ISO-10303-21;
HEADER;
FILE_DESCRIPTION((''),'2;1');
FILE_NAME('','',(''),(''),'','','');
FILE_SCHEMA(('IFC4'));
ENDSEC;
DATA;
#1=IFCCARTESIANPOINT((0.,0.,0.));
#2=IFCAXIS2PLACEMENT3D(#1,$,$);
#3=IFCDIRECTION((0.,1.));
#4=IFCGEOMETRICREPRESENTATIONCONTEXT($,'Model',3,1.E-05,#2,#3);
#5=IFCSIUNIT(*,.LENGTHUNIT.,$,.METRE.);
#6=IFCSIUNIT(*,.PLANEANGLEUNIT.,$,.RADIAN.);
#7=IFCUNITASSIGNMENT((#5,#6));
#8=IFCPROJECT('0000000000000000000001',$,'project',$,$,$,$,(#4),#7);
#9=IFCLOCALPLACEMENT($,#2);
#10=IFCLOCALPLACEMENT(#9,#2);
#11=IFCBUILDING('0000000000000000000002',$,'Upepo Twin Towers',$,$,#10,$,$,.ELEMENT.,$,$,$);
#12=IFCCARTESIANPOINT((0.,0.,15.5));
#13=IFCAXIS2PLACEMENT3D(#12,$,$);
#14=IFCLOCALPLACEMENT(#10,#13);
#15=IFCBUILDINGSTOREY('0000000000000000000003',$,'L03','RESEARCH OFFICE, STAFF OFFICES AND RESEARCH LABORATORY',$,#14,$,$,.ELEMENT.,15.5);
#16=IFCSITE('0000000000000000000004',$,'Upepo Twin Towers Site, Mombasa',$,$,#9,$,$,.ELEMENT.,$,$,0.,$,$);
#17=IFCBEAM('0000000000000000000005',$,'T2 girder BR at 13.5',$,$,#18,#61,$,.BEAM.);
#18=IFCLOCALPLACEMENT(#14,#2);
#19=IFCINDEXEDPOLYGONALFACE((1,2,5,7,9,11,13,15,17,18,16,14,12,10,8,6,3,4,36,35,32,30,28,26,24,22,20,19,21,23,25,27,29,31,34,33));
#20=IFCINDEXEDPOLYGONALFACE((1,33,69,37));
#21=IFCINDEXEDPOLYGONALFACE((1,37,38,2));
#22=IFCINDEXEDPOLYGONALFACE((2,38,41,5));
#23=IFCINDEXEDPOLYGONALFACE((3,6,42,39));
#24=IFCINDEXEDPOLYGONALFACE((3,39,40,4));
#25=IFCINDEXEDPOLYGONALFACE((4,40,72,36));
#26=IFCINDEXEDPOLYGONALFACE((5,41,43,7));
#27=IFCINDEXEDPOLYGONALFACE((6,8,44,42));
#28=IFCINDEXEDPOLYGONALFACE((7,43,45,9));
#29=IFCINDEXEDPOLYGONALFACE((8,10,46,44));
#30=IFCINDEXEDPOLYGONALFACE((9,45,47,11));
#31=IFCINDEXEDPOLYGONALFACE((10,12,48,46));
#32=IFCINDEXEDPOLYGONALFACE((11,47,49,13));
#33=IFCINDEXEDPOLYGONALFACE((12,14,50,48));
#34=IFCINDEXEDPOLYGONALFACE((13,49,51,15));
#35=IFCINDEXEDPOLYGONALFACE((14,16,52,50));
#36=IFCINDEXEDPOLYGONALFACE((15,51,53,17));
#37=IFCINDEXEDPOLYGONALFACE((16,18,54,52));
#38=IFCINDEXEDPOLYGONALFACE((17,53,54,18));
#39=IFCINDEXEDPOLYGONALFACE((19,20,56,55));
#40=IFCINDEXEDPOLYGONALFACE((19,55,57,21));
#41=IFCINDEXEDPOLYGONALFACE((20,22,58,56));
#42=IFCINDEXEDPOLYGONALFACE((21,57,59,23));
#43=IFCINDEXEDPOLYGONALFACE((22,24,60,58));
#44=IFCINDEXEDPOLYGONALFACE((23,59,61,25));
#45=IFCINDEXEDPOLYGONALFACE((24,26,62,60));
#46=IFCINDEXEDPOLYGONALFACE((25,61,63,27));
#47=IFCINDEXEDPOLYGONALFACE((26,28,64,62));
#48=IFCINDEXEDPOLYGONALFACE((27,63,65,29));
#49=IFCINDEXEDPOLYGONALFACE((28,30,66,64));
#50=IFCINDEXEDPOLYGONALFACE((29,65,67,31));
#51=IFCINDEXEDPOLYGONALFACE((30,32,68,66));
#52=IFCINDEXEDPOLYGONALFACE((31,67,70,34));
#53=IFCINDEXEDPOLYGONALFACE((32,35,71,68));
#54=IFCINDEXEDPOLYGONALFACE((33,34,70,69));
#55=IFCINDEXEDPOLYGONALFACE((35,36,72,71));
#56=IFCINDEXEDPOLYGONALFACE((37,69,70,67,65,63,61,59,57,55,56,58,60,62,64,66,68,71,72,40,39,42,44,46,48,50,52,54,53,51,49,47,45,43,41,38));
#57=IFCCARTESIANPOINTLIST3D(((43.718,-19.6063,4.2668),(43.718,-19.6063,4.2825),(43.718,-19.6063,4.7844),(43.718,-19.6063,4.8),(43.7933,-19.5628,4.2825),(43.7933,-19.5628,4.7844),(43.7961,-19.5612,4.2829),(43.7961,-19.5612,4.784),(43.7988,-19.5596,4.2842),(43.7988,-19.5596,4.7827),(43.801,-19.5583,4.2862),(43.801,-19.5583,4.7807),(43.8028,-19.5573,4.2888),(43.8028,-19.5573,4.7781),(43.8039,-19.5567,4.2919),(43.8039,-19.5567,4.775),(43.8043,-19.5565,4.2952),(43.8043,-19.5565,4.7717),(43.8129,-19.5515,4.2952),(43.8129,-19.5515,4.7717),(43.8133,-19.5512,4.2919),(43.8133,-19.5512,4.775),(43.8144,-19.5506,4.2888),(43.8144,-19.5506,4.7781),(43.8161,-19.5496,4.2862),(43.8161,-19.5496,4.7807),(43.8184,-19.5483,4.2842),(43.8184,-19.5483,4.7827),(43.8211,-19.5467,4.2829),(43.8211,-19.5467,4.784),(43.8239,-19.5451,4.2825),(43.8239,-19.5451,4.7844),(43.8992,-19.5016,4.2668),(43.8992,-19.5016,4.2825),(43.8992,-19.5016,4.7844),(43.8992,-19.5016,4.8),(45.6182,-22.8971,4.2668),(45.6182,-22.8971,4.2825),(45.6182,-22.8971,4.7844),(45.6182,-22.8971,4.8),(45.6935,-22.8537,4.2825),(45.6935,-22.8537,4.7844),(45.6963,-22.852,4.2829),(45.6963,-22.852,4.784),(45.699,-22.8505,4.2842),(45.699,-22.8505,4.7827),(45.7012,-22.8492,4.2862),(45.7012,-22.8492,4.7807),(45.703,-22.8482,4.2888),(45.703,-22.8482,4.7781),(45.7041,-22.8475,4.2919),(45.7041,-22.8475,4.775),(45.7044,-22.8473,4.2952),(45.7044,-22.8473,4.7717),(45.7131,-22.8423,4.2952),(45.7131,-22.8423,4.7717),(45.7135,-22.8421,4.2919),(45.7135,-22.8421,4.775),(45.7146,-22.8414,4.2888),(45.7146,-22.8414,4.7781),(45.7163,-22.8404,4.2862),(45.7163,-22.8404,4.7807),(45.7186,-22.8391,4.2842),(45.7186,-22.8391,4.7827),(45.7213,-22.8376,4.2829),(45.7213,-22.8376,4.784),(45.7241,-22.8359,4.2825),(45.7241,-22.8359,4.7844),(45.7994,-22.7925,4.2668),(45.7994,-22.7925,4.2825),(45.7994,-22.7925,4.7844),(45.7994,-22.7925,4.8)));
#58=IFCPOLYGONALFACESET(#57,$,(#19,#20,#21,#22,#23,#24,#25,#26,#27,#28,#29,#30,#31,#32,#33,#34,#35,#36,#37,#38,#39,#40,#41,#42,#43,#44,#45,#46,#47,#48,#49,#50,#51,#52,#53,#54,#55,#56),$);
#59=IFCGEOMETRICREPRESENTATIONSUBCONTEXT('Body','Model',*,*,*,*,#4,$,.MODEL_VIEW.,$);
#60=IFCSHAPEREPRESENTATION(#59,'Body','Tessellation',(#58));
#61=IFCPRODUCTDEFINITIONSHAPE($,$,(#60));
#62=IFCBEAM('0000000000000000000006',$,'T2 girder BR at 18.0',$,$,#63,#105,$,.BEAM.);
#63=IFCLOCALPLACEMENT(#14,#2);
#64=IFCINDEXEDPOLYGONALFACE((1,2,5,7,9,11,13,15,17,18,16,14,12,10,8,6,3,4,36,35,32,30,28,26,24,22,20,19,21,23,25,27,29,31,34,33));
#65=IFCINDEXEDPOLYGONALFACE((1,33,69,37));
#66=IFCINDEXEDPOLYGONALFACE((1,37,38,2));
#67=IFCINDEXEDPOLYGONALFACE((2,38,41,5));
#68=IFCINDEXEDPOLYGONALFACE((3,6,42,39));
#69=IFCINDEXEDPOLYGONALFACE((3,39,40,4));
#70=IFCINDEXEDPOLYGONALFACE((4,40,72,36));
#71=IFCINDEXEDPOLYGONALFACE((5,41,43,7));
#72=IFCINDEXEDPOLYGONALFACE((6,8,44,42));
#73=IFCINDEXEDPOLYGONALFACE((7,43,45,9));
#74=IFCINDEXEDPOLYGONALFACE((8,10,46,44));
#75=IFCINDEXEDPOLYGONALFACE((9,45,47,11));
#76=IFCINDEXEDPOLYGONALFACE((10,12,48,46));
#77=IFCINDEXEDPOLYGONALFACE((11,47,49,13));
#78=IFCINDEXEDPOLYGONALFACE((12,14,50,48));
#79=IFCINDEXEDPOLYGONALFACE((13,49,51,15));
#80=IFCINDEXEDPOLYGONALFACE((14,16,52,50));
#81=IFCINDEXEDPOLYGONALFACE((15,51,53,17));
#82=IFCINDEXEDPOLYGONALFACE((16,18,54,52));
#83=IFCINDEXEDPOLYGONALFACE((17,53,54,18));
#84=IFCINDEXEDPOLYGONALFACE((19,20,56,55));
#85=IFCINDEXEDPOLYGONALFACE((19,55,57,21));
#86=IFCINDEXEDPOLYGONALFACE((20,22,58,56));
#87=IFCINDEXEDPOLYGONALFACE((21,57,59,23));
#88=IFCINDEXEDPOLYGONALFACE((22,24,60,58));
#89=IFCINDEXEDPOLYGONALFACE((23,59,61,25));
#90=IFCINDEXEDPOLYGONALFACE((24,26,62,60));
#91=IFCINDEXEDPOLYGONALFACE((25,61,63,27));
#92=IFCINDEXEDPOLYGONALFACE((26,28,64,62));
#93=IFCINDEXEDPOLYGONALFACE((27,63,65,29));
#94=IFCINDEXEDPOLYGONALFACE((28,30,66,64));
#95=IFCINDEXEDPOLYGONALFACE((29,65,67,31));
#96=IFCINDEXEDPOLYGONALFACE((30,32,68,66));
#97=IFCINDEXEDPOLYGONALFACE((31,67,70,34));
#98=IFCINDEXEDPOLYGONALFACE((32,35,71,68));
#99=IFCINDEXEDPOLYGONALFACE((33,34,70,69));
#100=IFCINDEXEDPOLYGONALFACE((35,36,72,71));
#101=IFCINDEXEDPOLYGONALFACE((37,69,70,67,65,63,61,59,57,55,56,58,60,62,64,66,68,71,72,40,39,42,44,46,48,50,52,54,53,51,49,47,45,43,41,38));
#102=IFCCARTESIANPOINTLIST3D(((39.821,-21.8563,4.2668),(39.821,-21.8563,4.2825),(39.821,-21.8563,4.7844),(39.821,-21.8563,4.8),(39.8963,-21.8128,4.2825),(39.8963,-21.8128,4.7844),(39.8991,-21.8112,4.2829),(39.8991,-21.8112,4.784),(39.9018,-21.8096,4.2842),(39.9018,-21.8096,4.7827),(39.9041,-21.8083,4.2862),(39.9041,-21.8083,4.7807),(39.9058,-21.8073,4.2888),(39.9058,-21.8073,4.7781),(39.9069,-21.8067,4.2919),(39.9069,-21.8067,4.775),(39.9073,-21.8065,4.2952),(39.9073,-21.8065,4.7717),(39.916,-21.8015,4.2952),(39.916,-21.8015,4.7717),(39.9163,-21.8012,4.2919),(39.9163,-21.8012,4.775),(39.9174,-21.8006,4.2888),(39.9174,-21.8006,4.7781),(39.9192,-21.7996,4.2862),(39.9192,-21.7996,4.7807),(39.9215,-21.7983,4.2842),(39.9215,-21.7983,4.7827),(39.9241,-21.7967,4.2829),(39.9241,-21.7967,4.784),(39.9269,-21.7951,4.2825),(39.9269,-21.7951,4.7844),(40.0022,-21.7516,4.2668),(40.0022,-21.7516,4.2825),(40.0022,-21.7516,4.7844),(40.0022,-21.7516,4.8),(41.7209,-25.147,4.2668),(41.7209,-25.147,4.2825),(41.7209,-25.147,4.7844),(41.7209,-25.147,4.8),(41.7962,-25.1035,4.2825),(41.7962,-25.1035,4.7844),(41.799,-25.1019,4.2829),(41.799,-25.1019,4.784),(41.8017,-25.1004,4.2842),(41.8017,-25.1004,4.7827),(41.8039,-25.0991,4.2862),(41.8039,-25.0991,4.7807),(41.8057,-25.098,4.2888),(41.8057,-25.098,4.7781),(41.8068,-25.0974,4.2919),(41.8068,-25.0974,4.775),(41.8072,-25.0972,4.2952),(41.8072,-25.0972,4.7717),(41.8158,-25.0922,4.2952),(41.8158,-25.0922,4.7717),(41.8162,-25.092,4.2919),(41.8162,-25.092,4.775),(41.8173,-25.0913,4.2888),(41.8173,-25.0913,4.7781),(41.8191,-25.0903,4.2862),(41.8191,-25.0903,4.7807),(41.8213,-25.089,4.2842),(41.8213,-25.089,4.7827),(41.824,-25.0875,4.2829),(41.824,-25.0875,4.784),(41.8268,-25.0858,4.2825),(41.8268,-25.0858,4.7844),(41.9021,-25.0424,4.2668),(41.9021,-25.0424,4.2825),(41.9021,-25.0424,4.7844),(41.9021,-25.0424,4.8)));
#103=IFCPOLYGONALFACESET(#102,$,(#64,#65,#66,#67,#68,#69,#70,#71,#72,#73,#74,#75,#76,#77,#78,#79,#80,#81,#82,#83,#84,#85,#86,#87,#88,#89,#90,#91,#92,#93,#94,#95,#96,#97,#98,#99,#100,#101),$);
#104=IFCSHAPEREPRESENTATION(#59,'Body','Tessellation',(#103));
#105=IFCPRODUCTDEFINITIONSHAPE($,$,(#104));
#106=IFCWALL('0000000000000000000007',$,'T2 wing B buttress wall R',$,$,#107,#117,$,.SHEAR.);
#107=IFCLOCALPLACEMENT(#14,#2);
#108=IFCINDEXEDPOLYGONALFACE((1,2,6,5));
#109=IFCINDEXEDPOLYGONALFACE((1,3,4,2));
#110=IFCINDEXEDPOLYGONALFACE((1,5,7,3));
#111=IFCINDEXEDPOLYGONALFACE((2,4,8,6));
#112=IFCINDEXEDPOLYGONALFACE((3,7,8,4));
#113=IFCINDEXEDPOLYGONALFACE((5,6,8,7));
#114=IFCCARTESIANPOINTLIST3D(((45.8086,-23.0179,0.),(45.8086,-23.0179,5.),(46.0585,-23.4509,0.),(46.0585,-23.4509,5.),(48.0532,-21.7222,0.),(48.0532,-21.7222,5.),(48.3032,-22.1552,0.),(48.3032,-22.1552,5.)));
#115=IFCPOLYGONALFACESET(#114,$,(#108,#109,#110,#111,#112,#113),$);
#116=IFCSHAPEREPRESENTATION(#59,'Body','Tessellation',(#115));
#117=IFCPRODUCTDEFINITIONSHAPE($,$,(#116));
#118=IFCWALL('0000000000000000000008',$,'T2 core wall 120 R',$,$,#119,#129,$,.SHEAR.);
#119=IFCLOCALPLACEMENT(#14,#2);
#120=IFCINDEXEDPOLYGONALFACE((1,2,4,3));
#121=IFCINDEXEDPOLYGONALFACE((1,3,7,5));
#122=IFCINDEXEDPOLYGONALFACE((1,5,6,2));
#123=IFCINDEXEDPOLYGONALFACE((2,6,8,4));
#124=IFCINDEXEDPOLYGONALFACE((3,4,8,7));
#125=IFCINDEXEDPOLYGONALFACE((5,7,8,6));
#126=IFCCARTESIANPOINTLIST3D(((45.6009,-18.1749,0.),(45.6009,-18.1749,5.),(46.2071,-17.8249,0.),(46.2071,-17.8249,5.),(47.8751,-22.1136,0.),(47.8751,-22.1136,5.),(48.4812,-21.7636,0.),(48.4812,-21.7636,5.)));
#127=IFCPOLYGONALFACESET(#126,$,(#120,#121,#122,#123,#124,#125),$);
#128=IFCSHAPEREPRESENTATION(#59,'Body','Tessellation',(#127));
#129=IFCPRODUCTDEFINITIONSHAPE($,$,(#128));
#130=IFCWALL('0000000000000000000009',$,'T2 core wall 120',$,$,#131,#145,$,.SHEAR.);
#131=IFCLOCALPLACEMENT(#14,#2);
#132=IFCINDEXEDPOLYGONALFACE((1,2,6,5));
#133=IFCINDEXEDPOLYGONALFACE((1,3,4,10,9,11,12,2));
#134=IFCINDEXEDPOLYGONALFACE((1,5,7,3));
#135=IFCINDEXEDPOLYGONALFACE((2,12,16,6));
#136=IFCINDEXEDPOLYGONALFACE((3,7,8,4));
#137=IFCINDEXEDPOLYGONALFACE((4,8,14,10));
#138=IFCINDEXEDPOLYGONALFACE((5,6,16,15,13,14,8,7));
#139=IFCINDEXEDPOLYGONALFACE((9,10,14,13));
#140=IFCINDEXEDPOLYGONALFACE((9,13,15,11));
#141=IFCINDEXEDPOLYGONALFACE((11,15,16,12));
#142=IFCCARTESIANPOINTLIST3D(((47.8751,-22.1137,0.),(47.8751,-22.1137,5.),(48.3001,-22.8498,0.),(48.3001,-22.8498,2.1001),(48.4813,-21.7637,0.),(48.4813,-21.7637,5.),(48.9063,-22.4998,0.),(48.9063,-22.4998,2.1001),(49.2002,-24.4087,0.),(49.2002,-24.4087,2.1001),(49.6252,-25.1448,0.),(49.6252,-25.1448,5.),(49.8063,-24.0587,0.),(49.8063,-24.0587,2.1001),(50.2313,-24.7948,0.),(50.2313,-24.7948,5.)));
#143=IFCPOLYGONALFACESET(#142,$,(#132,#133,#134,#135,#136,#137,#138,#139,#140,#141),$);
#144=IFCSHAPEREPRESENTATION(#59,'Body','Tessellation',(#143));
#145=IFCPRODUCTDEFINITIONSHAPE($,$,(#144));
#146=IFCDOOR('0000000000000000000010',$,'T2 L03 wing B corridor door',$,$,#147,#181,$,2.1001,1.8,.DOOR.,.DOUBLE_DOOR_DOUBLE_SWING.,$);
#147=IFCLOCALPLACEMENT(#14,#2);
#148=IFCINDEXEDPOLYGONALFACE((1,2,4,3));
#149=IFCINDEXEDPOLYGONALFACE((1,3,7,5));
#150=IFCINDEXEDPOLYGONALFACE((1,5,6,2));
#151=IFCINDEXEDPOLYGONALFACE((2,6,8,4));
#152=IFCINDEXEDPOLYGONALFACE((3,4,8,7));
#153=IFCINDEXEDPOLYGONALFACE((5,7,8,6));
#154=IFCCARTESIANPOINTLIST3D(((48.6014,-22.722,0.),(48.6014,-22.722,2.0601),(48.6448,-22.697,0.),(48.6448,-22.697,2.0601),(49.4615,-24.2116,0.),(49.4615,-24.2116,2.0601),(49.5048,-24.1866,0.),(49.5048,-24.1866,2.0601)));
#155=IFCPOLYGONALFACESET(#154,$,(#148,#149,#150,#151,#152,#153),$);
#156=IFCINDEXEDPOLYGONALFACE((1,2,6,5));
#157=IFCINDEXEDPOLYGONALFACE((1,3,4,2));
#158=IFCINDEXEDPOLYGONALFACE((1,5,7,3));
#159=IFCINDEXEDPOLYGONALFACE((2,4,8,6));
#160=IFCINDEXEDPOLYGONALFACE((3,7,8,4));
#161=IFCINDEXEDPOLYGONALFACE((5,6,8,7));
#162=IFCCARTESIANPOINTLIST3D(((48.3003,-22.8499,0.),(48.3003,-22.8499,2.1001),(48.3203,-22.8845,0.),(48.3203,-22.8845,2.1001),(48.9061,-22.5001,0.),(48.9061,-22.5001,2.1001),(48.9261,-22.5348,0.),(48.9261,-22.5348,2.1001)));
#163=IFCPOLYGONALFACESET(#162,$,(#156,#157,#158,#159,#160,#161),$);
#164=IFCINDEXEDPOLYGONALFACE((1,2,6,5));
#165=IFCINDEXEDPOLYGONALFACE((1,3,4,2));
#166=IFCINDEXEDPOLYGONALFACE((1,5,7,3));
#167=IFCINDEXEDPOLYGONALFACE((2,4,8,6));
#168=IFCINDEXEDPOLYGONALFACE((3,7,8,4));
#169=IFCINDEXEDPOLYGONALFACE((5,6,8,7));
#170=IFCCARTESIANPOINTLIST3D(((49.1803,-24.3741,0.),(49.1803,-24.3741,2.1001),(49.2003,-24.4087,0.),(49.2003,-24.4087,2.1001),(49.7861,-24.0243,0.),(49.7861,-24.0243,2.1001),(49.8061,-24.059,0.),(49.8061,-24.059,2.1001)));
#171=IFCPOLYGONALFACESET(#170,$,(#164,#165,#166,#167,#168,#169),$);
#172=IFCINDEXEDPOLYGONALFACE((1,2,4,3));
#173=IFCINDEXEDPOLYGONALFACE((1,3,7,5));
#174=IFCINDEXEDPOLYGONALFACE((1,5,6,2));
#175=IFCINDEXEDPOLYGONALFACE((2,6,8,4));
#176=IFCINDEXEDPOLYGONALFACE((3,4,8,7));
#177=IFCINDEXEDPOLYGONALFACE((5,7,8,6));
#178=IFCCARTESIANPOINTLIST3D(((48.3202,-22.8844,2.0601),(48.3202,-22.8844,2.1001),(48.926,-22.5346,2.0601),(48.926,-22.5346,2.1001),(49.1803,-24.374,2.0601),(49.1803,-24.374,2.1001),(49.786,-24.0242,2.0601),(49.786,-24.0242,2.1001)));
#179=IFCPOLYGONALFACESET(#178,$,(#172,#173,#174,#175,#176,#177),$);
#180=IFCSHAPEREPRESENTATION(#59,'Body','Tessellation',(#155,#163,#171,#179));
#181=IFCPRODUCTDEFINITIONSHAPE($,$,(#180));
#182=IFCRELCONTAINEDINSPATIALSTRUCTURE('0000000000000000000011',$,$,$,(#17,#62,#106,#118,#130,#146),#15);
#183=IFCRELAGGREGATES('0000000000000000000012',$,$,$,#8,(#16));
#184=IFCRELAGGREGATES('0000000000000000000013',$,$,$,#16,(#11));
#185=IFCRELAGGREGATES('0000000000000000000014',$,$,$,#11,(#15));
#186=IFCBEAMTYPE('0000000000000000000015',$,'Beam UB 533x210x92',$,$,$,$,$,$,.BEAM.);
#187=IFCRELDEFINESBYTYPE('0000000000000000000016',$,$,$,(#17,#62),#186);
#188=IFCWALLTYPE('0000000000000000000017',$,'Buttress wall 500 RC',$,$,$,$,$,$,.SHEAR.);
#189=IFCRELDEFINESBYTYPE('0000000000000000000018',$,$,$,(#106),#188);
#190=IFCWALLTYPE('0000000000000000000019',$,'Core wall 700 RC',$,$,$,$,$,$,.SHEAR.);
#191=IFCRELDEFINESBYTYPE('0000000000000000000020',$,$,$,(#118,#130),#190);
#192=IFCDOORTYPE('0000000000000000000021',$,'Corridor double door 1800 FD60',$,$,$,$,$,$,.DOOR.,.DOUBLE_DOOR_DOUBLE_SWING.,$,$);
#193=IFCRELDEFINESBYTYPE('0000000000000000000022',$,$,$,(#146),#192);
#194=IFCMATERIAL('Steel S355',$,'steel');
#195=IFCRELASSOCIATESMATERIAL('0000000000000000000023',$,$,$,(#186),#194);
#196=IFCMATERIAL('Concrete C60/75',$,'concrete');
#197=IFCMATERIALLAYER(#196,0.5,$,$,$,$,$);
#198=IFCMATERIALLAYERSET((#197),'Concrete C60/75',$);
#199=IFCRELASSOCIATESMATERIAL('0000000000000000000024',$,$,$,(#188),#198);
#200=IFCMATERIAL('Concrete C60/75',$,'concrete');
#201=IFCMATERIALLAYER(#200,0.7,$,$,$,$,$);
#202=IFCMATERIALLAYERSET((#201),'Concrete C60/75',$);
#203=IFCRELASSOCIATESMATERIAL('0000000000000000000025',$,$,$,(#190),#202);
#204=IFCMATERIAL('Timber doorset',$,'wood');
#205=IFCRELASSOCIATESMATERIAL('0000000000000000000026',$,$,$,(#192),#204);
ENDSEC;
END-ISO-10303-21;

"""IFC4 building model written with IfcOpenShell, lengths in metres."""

from ifc_helpers import new_model, si_unit, direction, frame, frame_2d, origin, origin_2d, place, context, subcontext, project, spatial, rectangle, i_section, extrude, material, layer, layer_set, material_profile, profile_set, type_object, element, fill, save


model = new_model("IFC4")

# Units and contexts
model_context = context("Model", 3, precision=1e-05, world=origin(), true_north=direction((0.0, 1.0)))
body_context = subcontext(model_context, "Body", "Model", "MODEL_VIEW")
ifc_project = project(units=[si_unit("LENGTHUNIT", "METRE"), si_unit("PLANEANGLEUNIT", "RADIAN")], contexts=[model_context])

# Site, building, storey
site_placement = place(None, origin())
site = spatial("IfcSite", under=ifc_project, at=site_placement, Name="Upepo Twin Towers Site, Mombasa", CompositionType="ELEMENT", RefElevation=0.0)
building_placement = place(site_placement, origin())
building = spatial("IfcBuilding", under=site, at=building_placement, Name="Upepo Twin Towers", CompositionType="ELEMENT")
storey_placement = place(building_placement, frame((0.0, 0.0, 15.5)))
storey = spatial("IfcBuildingStorey", under=building, at=storey_placement, Name="L03", Description="RESEARCH OFFICE, STAFF OFFICES AND RESEARCH LABORATORY", CompositionType="ELEMENT", Elevation=15.5)

# Beams
ifc_material_1 = material(Name="Steel S355", Category="steel")
ifc_material_profile_1 = material_profile(ifc_material_1, i_section(OverallWidth=0.2092, OverallDepth=0.5332, WebThickness=0.01, FlangeThickness=0.0156, FilletRadius=0.0127, at=origin_2d()), Name="UB 533x210x92")
ifc_profile_set_1 = profile_set([ifc_material_profile_1], Name="Steel S355")
beam_type_1 = type_object("IfcBeamType", Name="Beam UB 533x210x92", PredefinedType="BEAM", material=ifc_profile_set_1)
beam_1_placement = place(storey_placement, frame((43.8086, -19.554, 4.5334), z_axis=(0.500043, -0.866, 0.0), x_axis=(0.866, 0.500043, 0.0)))
element("IfcBeam", 1, at=beam_1_placement, inside=storey, type_object=beam_type_1, Name="T2 girder BR at 13.5", PredefinedType="BEAM", context=body_context, shape_type="SweptSolid", body=[
    extrude(i_section(OverallWidth=0.2092, OverallDepth=0.5332, WebThickness=0.01, FlangeThickness=0.0156, FilletRadius=0.0127, at=origin_2d()), origin(), (0.0, 0.0, 1.0), 3.8),
])
beam_2_placement = place(storey_placement, frame((39.9116, -21.804, 4.5334), z_axis=(0.499995, -0.866028, 0.0), x_axis=(0.866028, 0.499995, 0.0)))
element("IfcBeam", 2, at=beam_2_placement, inside=storey, type_object=beam_type_1, Name="T2 girder BR at 18.0", PredefinedType="BEAM", context=body_context, shape_type="SweptSolid", body=[
    extrude(i_section(OverallWidth=0.2092, OverallDepth=0.5332, WebThickness=0.01, FlangeThickness=0.0156, FilletRadius=0.0127, at=origin_2d()), origin(), (0.0, 0.0, 1.0), 3.7998),
])

# Walls
ifc_material_2 = material(Name="Concrete C60/75", Category="concrete")
ifc_layer_1 = layer(ifc_material_2, 0.5)
ifc_layer_set_1 = layer_set([ifc_layer_1], Name="Concrete C60/75")
wall_type_1 = type_object("IfcWallType", Name="Buttress wall 500 RC", PredefinedType="SHEAR", material=ifc_layer_set_1)
wall_1_placement = place(storey_placement, frame((48.1782, -21.9387, 0.0), z_axis=(0.0, 0.0, 1.0), x_axis=(-0.866073, -0.499918, 0.0)))
element("IfcWall", 3, at=wall_1_placement, inside=storey, type_object=wall_type_1, Name="T2 wing B buttress wall R", PredefinedType="SHEAR", context=body_context, shape_type="SweptSolid", body=[
    extrude(rectangle(XDim=2.5918, YDim=0.5, at=frame_2d((1.2959, 0.0))), origin(), (0.0, 0.0, 1.0), 5.0),
])
ifc_material_3 = material(Name="Concrete C60/75", Category="concrete")
ifc_layer_2 = layer(ifc_material_3, 0.7)
ifc_layer_set_2 = layer_set([ifc_layer_2], Name="Concrete C60/75")
wall_type_2 = type_object("IfcWallType", Name="Core wall 700 RC", PredefinedType="SHEAR", material=ifc_layer_set_2)
wall_2_placement = place(storey_placement, frame((45.9041, -18.0, 0.0), z_axis=(0.0, 0.0, 1.0), x_axis=(0.500024, -0.866011, 0.0)))
element("IfcWall", 4, at=wall_2_placement, inside=storey, type_object=wall_type_2, Name="T2 core wall 120 R", PredefinedType="SHEAR", context=body_context, shape_type="SweptSolid", body=[
    extrude(rectangle(XDim=4.5481, YDim=0.7, at=frame_2d((2.2739, 0.0))), origin(), (0.0, 0.0, 1.0), 5.0),
])

# Wall, opening, door
wall_3_placement = place(storey_placement, frame((48.1782, -21.9387, 0.0), z_axis=(0.0, 0.0, 1.0), x_axis=(0.50001, -0.866019, 0.0)))
wall_3 = element("IfcWall", 5, at=wall_3_placement, inside=storey, type_object=wall_type_2, Name="T2 core wall 120", PredefinedType="SHEAR", context=body_context, shape_type="SweptSolid", body=[
    extrude(rectangle(XDim=3.5, YDim=0.7, at=frame_2d((1.75, 0.0))), origin(), (0.0, 0.0, 1.0), 5.0),
])
opening_1_placement = place(wall_3_placement, frame((0.8501, 0.0, 0.0)))
opening_1 = element("IfcOpeningElement", 6, at=opening_1_placement, cuts=wall_3, PredefinedType="OPENING", context=body_context, shape_type="SweptSolid", body=[
    extrude(rectangle(XDim=1.8, YDim=2.1001, at=frame_2d((0.8999, 1.05))), frame((0.0, 0.3599, 0.0), z_axis=(0.0, -1.0, 0.0), x_axis=(1.0, 0.0, 0.0)), (0.0, 0.0, 1.0), 0.72),
])
ifc_material_4 = material(Name="Timber doorset", Category="wood")
door_type_1 = type_object("IfcDoorType", Name="Corridor double door 1800 FD60", OperationType="DOUBLE_DOOR_DOUBLE_SWING", PredefinedType="DOOR", material=ifc_material_4)
door_1_placement = place(opening_1_placement, origin())
door_1 = element("IfcDoor", 7, at=door_1_placement, inside=storey, type_object=door_type_1, Name="T2 L03 wing B corridor door", OperationType="DOUBLE_DOOR_DOUBLE_SWING", OverallHeight=2.1001, OverallWidth=1.8, PredefinedType="DOOR", context=body_context, shape_type="SweptSolid", body=[
    extrude(rectangle(XDim=1.72, YDim=2.0601, at=frame_2d((0.8999, 1.03))), frame((0.0, 0.0249, 0.0), z_axis=(0.0, -1.0, 0.0), x_axis=(1.0, 0.0, 0.0)), (0.0, 0.0, 1.0), 0.05),
    extrude(rectangle(XDim=0.04, YDim=2.1001, at=frame_2d((0.02, 1.05))), frame((0.0, 0.3496, 0.0), z_axis=(0.0, -1.0, 0.0), x_axis=(1.0, 0.0, 0.0)), (0.0, 0.0, 1.0), 0.6995),
    extrude(rectangle(XDim=0.04, YDim=2.1001, at=frame_2d((1.78, 1.05))), frame((0.0, 0.3496, 0.0), z_axis=(0.0, -1.0, 0.0), x_axis=(1.0, 0.0, 0.0)), (0.0, 0.0, 1.0), 0.6995),
    extrude(rectangle(XDim=1.72, YDim=0.04, at=frame_2d((0.8999, 2.0801))), frame((0.0, 0.3496, 0.0), z_axis=(0.0, -1.0, 0.0), x_axis=(1.0, 0.0, 0.0)), (0.0, 0.0, 1.0), 0.6995),
])
fill(opening_1, door_1)

save(model, "model.ifc")
